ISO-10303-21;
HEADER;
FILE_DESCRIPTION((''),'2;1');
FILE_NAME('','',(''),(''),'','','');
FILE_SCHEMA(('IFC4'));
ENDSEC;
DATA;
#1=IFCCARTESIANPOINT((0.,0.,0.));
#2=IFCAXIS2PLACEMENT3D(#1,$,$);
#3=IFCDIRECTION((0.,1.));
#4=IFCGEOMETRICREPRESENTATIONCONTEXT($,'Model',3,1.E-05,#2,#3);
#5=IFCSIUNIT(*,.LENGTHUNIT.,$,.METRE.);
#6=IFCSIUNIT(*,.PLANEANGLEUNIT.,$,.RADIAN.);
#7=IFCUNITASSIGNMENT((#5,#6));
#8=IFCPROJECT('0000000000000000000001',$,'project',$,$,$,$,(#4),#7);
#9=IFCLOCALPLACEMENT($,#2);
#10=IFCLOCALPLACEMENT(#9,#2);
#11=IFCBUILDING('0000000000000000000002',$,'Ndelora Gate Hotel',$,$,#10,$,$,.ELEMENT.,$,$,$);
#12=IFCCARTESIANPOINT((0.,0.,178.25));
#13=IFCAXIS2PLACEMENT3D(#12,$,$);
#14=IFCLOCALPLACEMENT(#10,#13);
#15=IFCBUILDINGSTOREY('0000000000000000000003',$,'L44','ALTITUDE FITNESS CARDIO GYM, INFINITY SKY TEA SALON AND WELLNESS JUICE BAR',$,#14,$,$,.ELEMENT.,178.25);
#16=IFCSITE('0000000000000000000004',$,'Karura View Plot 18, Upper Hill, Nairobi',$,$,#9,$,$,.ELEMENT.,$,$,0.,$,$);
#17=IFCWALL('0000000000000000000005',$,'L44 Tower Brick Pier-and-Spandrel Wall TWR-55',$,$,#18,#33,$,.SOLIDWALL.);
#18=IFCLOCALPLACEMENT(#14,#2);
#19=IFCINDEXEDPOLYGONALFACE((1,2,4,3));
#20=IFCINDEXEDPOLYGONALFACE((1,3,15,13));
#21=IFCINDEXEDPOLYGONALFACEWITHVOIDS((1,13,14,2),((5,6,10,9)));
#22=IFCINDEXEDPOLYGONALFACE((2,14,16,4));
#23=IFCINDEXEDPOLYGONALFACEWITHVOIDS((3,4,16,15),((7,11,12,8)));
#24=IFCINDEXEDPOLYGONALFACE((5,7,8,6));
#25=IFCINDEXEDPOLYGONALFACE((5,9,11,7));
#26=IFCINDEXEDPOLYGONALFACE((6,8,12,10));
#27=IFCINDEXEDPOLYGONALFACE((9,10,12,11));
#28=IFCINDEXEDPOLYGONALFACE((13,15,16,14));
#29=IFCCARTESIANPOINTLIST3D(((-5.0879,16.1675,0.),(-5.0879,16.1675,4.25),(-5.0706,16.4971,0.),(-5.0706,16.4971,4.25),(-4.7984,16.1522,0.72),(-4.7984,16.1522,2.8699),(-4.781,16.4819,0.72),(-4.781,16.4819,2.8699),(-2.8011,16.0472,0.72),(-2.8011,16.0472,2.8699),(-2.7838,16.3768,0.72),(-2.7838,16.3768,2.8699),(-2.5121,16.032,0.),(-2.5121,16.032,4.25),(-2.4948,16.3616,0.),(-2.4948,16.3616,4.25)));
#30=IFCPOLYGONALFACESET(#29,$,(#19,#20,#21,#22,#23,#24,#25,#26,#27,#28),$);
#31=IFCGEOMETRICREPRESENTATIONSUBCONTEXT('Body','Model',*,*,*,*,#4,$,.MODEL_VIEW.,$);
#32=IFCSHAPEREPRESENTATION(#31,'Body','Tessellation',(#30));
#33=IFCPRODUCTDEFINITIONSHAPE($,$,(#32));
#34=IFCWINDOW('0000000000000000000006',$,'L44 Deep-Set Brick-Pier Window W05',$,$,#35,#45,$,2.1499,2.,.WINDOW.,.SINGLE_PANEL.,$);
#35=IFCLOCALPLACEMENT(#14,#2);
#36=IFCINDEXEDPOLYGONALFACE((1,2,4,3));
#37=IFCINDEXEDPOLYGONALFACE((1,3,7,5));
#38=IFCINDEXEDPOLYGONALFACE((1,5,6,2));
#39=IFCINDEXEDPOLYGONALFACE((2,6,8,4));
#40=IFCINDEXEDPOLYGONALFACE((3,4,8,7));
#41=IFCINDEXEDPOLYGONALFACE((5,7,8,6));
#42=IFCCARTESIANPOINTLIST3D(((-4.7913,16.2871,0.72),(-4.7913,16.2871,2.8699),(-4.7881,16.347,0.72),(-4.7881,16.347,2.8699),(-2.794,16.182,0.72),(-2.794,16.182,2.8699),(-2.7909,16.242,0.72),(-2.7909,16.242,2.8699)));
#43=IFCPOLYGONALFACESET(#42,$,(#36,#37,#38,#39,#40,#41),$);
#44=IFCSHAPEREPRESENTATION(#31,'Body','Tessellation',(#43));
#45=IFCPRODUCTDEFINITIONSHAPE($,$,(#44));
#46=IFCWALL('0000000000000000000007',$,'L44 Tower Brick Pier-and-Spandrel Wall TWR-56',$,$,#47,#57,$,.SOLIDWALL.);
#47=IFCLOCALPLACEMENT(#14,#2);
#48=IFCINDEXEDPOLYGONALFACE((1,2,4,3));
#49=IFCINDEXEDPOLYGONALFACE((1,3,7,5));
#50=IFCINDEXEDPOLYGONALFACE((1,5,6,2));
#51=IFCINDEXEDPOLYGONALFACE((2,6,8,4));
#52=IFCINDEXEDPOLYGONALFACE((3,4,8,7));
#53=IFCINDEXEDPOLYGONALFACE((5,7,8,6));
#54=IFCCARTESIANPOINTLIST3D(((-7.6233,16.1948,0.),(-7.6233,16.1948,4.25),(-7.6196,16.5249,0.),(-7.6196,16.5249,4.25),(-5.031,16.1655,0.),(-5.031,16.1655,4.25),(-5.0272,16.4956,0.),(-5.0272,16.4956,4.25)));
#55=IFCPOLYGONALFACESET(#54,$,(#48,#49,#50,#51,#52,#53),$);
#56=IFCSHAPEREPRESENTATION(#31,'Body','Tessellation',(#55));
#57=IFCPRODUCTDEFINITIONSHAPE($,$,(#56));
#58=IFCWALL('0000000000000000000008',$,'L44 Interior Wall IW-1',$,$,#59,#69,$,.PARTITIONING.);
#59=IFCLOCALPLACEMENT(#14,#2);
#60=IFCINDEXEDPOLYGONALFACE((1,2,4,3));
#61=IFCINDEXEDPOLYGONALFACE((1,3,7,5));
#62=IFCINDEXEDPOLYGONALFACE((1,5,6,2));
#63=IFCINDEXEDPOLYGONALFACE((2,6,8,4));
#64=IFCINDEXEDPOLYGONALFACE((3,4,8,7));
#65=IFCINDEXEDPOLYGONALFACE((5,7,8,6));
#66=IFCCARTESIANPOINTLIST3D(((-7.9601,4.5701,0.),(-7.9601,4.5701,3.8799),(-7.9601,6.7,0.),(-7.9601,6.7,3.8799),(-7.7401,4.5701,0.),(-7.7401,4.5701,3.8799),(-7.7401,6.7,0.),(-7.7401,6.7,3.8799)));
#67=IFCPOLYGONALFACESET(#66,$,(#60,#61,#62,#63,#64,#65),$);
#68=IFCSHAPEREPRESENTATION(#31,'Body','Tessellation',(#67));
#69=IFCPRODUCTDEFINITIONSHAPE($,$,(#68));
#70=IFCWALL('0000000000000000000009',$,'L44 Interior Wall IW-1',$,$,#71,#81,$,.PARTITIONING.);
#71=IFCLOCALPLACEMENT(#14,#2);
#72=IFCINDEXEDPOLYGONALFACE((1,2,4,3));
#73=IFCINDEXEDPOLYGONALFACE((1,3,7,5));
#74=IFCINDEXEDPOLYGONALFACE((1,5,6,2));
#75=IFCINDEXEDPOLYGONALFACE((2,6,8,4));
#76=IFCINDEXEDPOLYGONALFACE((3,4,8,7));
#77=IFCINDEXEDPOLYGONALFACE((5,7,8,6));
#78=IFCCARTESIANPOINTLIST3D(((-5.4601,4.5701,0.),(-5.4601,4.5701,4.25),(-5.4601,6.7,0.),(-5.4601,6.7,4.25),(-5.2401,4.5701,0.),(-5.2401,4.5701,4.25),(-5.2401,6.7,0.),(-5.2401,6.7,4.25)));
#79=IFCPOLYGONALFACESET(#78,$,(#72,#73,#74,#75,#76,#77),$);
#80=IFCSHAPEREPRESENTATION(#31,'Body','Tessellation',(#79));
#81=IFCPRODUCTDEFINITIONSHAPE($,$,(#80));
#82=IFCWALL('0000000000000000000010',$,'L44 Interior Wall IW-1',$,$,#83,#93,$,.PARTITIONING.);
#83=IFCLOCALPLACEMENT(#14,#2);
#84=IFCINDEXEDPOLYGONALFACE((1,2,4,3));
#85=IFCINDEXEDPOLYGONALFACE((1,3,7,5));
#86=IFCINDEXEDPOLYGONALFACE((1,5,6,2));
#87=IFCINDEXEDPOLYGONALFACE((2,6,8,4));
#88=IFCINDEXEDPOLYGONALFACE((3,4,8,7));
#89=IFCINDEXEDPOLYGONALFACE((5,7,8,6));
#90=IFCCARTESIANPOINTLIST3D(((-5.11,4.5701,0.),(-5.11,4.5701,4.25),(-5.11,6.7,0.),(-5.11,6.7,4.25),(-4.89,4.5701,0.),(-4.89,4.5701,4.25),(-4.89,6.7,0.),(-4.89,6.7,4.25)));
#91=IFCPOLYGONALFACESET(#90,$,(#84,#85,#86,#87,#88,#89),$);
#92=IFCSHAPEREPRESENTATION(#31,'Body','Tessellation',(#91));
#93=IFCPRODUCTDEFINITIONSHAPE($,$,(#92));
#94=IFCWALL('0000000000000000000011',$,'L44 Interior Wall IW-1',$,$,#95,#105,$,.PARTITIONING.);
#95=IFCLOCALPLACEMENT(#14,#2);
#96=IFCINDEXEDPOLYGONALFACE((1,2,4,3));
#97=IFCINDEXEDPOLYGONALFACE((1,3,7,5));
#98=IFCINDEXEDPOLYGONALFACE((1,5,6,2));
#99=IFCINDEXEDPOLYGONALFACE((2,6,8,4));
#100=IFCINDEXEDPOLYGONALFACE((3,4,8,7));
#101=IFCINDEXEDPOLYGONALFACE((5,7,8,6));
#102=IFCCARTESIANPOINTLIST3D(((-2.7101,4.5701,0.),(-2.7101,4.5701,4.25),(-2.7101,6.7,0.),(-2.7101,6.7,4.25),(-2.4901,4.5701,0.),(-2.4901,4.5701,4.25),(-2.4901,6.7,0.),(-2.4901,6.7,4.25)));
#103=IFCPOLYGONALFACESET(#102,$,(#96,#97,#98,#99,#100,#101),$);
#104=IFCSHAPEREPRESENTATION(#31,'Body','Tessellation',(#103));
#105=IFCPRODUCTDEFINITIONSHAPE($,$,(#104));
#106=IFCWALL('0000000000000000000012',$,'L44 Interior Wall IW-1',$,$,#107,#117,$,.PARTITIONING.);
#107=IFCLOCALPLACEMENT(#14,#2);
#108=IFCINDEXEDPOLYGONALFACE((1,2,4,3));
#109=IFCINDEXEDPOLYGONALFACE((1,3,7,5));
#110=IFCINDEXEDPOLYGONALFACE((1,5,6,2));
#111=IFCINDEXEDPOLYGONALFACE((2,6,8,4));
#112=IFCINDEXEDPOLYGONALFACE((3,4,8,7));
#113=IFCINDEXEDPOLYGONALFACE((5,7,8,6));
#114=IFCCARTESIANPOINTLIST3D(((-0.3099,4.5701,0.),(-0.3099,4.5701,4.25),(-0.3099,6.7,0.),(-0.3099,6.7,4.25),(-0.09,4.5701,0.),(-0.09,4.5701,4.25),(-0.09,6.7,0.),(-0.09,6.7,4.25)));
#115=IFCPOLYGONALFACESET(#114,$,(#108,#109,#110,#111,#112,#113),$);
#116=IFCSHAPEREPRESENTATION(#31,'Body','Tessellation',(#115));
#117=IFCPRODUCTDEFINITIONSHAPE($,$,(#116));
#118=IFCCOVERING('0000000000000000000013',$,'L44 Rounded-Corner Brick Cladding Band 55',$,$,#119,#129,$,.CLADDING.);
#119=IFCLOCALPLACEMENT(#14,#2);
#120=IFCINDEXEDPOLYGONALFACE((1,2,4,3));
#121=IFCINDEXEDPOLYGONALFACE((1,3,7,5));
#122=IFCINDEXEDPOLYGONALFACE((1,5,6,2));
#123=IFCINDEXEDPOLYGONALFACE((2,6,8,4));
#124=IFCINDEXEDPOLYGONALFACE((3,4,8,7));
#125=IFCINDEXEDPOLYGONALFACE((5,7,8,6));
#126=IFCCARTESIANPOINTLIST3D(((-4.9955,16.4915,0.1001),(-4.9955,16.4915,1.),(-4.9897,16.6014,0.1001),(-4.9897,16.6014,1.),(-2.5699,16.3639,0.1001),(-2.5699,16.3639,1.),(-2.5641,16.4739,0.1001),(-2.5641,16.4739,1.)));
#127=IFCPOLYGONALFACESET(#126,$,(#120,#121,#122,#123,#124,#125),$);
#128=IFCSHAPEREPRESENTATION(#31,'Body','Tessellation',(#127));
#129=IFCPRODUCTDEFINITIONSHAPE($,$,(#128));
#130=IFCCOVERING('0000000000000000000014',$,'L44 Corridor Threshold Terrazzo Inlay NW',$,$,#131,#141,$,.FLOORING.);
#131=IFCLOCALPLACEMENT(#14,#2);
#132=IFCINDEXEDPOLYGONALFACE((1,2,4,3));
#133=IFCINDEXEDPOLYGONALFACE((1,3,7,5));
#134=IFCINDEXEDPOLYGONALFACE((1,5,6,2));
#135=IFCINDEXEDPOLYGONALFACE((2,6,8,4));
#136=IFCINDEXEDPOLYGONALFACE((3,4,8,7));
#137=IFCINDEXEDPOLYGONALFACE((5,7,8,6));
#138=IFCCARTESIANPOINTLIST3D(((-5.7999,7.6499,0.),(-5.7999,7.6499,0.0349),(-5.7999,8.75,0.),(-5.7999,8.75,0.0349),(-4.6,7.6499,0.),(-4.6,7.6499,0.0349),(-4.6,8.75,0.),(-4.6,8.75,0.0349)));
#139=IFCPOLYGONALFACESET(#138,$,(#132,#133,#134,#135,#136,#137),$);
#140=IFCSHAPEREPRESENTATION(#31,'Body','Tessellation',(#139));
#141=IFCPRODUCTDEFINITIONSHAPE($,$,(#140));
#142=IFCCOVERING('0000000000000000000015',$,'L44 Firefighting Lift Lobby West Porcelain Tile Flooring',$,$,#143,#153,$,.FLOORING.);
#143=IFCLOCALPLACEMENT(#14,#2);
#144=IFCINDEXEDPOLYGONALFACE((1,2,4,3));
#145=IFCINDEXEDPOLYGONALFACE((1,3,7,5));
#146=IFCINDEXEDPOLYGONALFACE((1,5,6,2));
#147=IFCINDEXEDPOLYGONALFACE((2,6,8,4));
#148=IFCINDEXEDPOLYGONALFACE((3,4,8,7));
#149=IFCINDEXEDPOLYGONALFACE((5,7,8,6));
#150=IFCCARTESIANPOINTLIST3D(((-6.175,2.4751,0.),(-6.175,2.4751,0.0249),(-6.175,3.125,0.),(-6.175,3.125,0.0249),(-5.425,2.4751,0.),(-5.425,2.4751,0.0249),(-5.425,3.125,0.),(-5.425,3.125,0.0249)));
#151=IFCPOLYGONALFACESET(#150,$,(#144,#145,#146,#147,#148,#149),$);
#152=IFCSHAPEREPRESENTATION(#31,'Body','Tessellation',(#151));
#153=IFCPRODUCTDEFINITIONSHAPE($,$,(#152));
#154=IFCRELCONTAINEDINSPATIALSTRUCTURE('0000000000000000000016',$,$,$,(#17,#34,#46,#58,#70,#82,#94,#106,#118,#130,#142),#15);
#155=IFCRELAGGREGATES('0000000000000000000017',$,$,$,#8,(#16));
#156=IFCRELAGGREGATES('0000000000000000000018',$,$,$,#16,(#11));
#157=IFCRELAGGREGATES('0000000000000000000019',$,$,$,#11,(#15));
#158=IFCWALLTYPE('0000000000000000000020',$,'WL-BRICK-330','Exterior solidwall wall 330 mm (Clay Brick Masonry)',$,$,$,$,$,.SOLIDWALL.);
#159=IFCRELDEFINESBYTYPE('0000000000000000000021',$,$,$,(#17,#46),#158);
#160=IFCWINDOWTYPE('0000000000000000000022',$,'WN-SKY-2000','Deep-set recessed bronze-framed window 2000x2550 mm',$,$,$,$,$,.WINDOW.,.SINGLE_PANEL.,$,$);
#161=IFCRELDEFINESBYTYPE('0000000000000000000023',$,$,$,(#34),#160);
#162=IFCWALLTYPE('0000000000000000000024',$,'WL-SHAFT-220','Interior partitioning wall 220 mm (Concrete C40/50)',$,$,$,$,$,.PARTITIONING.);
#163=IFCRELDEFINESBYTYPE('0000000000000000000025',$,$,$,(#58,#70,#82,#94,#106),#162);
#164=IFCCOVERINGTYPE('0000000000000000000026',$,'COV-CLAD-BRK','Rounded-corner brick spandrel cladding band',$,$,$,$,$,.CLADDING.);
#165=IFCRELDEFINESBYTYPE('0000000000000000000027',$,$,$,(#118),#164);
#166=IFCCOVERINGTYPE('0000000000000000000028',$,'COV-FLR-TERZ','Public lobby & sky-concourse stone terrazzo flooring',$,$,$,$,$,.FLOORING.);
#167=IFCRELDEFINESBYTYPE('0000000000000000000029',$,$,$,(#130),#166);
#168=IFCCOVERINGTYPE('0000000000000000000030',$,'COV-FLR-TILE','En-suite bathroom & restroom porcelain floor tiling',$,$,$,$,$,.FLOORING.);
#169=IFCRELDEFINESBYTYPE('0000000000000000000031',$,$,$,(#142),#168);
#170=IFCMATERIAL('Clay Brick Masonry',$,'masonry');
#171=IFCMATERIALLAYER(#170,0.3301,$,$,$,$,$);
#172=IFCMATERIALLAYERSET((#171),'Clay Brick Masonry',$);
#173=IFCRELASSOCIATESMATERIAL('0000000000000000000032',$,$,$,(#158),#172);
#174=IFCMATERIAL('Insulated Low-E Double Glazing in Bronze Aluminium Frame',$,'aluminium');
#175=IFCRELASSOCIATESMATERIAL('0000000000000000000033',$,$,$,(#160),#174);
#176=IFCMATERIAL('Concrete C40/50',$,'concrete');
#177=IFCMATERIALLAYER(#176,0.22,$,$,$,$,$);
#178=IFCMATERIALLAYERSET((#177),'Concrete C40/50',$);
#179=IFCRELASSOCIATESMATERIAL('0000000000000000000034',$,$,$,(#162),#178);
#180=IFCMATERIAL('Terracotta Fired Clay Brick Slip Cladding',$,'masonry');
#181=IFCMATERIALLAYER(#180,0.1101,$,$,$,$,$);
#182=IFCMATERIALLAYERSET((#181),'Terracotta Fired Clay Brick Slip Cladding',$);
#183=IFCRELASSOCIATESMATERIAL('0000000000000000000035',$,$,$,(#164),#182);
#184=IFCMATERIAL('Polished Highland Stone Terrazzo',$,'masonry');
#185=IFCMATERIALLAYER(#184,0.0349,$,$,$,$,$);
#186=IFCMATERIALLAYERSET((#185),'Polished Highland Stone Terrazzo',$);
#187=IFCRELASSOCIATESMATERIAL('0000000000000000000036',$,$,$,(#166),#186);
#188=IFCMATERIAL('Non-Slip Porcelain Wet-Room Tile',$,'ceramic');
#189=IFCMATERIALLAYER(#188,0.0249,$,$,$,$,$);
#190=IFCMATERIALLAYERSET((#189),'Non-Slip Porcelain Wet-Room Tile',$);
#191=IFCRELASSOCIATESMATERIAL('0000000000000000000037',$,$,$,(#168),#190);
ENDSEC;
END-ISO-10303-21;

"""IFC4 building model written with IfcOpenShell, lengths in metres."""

from ifc_helpers import new_model, si_unit, direction, frame, frame_2d, origin, origin_2d, place, context, subcontext, project, spatial, rectangle, extrude, material, layer, layer_set, type_object, element, fill, save


model = new_model("IFC4")

# Units and contexts
model_context = context("Model", 3, precision=1e-05, world=origin(), true_north=direction((0.0, 1.0)))
body_context = subcontext(model_context, "Body", "Model", "MODEL_VIEW")
ifc_project = project(units=[si_unit("LENGTHUNIT", "METRE"), si_unit("PLANEANGLEUNIT", "RADIAN")], contexts=[model_context])

# Site, building, storey
site_placement = place(None, origin())
site = spatial("IfcSite", under=ifc_project, at=site_placement, Name="Karura View Plot 18, Upper Hill, Nairobi", CompositionType="ELEMENT", RefElevation=0.0)
building_placement = place(site_placement, origin())
building = spatial("IfcBuilding", under=site, at=building_placement, Name="Ndelora Gate Hotel", CompositionType="ELEMENT")
storey_placement = place(building_placement, frame((0.0, 0.0, 178.25)))
storey = spatial("IfcBuildingStorey", under=building, at=storey_placement, Name="L44", Description="ALTITUDE FITNESS CARDIO GYM, INFINITY SKY TEA SALON AND WELLNESS JUICE BAR", CompositionType="ELEMENT", Elevation=178.25)

# Shared definitions
ifc_material_1 = material(Name="Clay Brick Masonry", Category="masonry")
ifc_layer_1 = layer(ifc_material_1, 0.3301)
ifc_layer_set_1 = layer_set([ifc_layer_1], Name="Clay Brick Masonry")
wall_type_1 = type_object("IfcWallType", Name="WL-BRICK-330", Description="Exterior solidwall wall 330 mm (Clay Brick Masonry)", PredefinedType="SOLIDWALL", material=ifc_layer_set_1)

# Wall, opening, window
wall_1_placement = place(storey_placement, frame((-5.0791, 16.3323, 0.0), z_axis=(0.0, 0.0, 1.0), x_axis=(0.998619, -0.052534, 0.0)))
wall_1 = element("IfcWall", 1, at=wall_1_placement, inside=storey, type_object=wall_type_1, Name="L44 Tower Brick Pier-and-Spandrel Wall TWR-55", PredefinedType="SOLIDWALL", context=body_context, shape_type="SweptSolid", body=[
    extrude(rectangle(XDim=2.5793, YDim=0.3301, at=frame_2d((1.2896, 0.0))), origin(), (0.0, 0.0, 1.0), 4.25),
])
opening_1_placement = place(wall_1_placement, frame((0.2898, 0.0, 0.72)))
opening_1 = element("IfcOpeningElement", 2, at=opening_1_placement, cuts=wall_1, PredefinedType="OPENING", context=body_context, shape_type="SweptSolid", body=[
    extrude(rectangle(XDim=2.0, YDim=2.1499, at=frame_2d((1.0, 1.075))), frame((0.0, 0.175, 0.0), z_axis=(0.0, -1.0, 0.0), x_axis=(1.0, 0.0, 0.0)), (0.0, 0.0, 1.0), 0.3501),
])
ifc_material_2 = material(Name="Insulated Low-E Double Glazing in Bronze Aluminium Frame", Category="aluminium")
window_type = type_object("IfcWindowType", Name="WN-SKY-2000", Description="Deep-set recessed bronze-framed window 2000x2550 mm", PartitioningType="SINGLE_PANEL", PredefinedType="WINDOW", material=ifc_material_2)
window_placement = place(opening_1_placement, origin())
window = element("IfcWindow", 3, at=window_placement, inside=storey, type_object=window_type, Name="L44 Deep-Set Brick-Pier Window W05", OverallHeight=2.1499, OverallWidth=2.0, PartitioningType="SINGLE_PANEL", PredefinedType="WINDOW", context=body_context, shape_type="SweptSolid", body=[
    extrude(rectangle(XDim=2.0, YDim=2.1499, at=frame_2d((1.0, 1.075))), frame((0.0, 0.03, 0.0), z_axis=(0.0, -1.0, 0.0), x_axis=(1.0, 0.0, 0.0)), (0.0, 0.0, 1.0), 0.0601),
])
fill(opening_1, window)

# Wall
wall_2_placement = place(storey_placement, frame((-7.6216, 16.3599, 0.0), z_axis=(0.0, 0.0, 1.0), x_axis=(0.999936, -0.011301, 0.0)))
element("IfcWall", 4, at=wall_2_placement, inside=storey, type_object=wall_type_1, Name="L44 Tower Brick Pier-and-Spandrel Wall TWR-56", PredefinedType="SOLIDWALL", context=body_context, shape_type="SweptSolid", body=[
    extrude(rectangle(XDim=2.5925, YDim=0.3301, at=frame_2d((1.2964, 0.0))), origin(), (0.0, 0.0, 1.0), 4.25),
])

# Shared definitions
ifc_material_3 = material(Name="Concrete C40/50", Category="concrete")
ifc_layer_2 = layer(ifc_material_3, 0.22)
ifc_layer_set_2 = layer_set([ifc_layer_2], Name="Concrete C40/50")
wall_type_2 = type_object("IfcWallType", Name="WL-SHAFT-220", Description="Interior partitioning wall 220 mm (Concrete C40/50)", PredefinedType="PARTITIONING", material=ifc_layer_set_2)

# Walls
wall_3_placement = place(storey_placement, frame((-7.8501, 4.5701, 0.0), z_axis=(0.0, 0.0, 1.0), x_axis=(0.0, 1.0, 0.0)))
element("IfcWall", 5, at=wall_3_placement, inside=storey, type_object=wall_type_2, Name="L44 Interior Wall IW-1", PredefinedType="PARTITIONING", context=body_context, shape_type="SweptSolid", body=[
    extrude(rectangle(XDim=2.1299, YDim=0.22, at=frame_2d((1.0649, 0.0))), origin(), (0.0, 0.0, 1.0), 3.8799),
])
wall_4_placement = place(storey_placement, frame((-5.3501, 4.5701, 0.0), z_axis=(0.0, 0.0, 1.0), x_axis=(0.0, 1.0, 0.0)))
element("IfcWall", 6, at=wall_4_placement, inside=storey, type_object=wall_type_2, Name="L44 Interior Wall IW-1", PredefinedType="PARTITIONING", context=body_context, shape_type="SweptSolid", body=[
    extrude(rectangle(XDim=2.1299, YDim=0.22, at=frame_2d((1.0649, 0.0))), origin(), (0.0, 0.0, 1.0), 4.25),
])

# Walls
for number, where, z_axis, x_axis, name in (
    (7, (-5.0, 4.5701, 0.0), (0.0, 0.0, 1.0), (0.0, 1.0, 0.0), "L44 Interior Wall IW-1"),
    (8, (-2.6001, 4.5701, 0.0), (0.0, 0.0, 1.0), (0.0, 1.0, 0.0), "L44 Interior Wall IW-1"),
):
    element("IfcWall", number, at=place(storey_placement, frame(where, z_axis=z_axis, x_axis=x_axis)), inside=storey, type_object=wall_type_2, Name=name, PredefinedType="PARTITIONING", context=body_context, shape_type="SweptSolid", body=[
        extrude(rectangle(XDim=2.1299, YDim=0.22, at=frame_2d((1.0649, 0.0))), origin(), (0.0, 0.0, 1.0), 4.25),
    ])

# Wall
wall_5_placement = place(storey_placement, frame((-0.2, 4.5701, 0.0), z_axis=(0.0, 0.0, 1.0), x_axis=(0.0, 1.0, 0.0)))
element("IfcWall", 9, at=wall_5_placement, inside=storey, type_object=wall_type_2, Name="L44 Interior Wall IW-1", PredefinedType="PARTITIONING", context=body_context, shape_type="SweptSolid", body=[
    extrude(rectangle(XDim=2.1299, YDim=0.22, at=frame_2d((1.0649, 0.0))), origin(), (0.0, 0.0, 1.0), 4.25),
])

# Coverings
ifc_material_4 = material(Name="Terracotta Fired Clay Brick Slip Cladding", Category="masonry")
ifc_layer_3 = layer(ifc_material_4, 0.1101)
ifc_layer_set_3 = layer_set([ifc_layer_3], Name="Terracotta Fired Clay Brick Slip Cladding")
covering_type_1 = type_object("IfcCoveringType", Name="COV-CLAD-BRK", Description="Rounded-corner brick spandrel cladding band", PredefinedType="CLADDING", material=ifc_layer_set_3)
covering_1_placement = place(storey_placement, frame((-3.7798, 16.4827, 0.1001), z_axis=(0.0, 0.0, 1.0), x_axis=(-0.99862, 0.05251, 0.0)))
element("IfcCovering", 10, at=covering_1_placement, inside=storey, type_object=covering_type_1, Name="L44 Rounded-Corner Brick Cladding Band 55", PredefinedType="CLADDING", context=body_context, shape_type="SweptSolid", body=[
    extrude(rectangle(XDim=2.429, YDim=0.1101, at=origin_2d()), origin(), (0.0, 0.0, 1.0), 0.8999),
])
ifc_material_5 = material(Name="Polished Highland Stone Terrazzo", Category="masonry")
ifc_layer_4 = layer(ifc_material_5, 0.0349)
ifc_layer_set_4 = layer_set([ifc_layer_4], Name="Polished Highland Stone Terrazzo")
covering_type_2 = type_object("IfcCoveringType", Name="COV-FLR-TERZ", Description="Public lobby & sky-concourse stone terrazzo flooring", PredefinedType="FLOORING", material=ifc_layer_set_4)
covering_2_placement = place(storey_placement, frame((-5.2, 8.2, 0.0), z_axis=(0.0, 0.0, 1.0), x_axis=(1.0, 0.0, 0.0)))
element("IfcCovering", 11, at=covering_2_placement, inside=storey, type_object=covering_type_2, Name="L44 Corridor Threshold Terrazzo Inlay NW", PredefinedType="FLOORING", context=body_context, shape_type="SweptSolid", body=[
    extrude(rectangle(XDim=1.2, YDim=1.1001, at=origin_2d()), origin(), (0.0, 0.0, 1.0), 0.0349),
])
ifc_material_6 = material(Name="Non-Slip Porcelain Wet-Room Tile", Category="ceramic")
ifc_layer_5 = layer(ifc_material_6, 0.0249)
ifc_layer_set_5 = layer_set([ifc_layer_5], Name="Non-Slip Porcelain Wet-Room Tile")
covering_type_3 = type_object("IfcCoveringType", Name="COV-FLR-TILE", Description="En-suite bathroom & restroom porcelain floor tiling", PredefinedType="FLOORING", material=ifc_layer_set_5)
covering_3_placement = place(storey_placement, frame((-5.8, 2.8, 0.0), z_axis=(0.0, 0.0, 1.0), x_axis=(1.0, 0.0, 0.0)))
element("IfcCovering", 12, at=covering_3_placement, inside=storey, type_object=covering_type_3, Name="L44 Firefighting Lift Lobby West Porcelain Tile Flooring", PredefinedType="FLOORING", context=body_context, shape_type="SweptSolid", body=[
    extrude(rectangle(XDim=0.75, YDim=0.6499, at=origin_2d()), origin(), (0.0, 0.0, 1.0), 0.0249),
])

save(model, "model.ifc")
